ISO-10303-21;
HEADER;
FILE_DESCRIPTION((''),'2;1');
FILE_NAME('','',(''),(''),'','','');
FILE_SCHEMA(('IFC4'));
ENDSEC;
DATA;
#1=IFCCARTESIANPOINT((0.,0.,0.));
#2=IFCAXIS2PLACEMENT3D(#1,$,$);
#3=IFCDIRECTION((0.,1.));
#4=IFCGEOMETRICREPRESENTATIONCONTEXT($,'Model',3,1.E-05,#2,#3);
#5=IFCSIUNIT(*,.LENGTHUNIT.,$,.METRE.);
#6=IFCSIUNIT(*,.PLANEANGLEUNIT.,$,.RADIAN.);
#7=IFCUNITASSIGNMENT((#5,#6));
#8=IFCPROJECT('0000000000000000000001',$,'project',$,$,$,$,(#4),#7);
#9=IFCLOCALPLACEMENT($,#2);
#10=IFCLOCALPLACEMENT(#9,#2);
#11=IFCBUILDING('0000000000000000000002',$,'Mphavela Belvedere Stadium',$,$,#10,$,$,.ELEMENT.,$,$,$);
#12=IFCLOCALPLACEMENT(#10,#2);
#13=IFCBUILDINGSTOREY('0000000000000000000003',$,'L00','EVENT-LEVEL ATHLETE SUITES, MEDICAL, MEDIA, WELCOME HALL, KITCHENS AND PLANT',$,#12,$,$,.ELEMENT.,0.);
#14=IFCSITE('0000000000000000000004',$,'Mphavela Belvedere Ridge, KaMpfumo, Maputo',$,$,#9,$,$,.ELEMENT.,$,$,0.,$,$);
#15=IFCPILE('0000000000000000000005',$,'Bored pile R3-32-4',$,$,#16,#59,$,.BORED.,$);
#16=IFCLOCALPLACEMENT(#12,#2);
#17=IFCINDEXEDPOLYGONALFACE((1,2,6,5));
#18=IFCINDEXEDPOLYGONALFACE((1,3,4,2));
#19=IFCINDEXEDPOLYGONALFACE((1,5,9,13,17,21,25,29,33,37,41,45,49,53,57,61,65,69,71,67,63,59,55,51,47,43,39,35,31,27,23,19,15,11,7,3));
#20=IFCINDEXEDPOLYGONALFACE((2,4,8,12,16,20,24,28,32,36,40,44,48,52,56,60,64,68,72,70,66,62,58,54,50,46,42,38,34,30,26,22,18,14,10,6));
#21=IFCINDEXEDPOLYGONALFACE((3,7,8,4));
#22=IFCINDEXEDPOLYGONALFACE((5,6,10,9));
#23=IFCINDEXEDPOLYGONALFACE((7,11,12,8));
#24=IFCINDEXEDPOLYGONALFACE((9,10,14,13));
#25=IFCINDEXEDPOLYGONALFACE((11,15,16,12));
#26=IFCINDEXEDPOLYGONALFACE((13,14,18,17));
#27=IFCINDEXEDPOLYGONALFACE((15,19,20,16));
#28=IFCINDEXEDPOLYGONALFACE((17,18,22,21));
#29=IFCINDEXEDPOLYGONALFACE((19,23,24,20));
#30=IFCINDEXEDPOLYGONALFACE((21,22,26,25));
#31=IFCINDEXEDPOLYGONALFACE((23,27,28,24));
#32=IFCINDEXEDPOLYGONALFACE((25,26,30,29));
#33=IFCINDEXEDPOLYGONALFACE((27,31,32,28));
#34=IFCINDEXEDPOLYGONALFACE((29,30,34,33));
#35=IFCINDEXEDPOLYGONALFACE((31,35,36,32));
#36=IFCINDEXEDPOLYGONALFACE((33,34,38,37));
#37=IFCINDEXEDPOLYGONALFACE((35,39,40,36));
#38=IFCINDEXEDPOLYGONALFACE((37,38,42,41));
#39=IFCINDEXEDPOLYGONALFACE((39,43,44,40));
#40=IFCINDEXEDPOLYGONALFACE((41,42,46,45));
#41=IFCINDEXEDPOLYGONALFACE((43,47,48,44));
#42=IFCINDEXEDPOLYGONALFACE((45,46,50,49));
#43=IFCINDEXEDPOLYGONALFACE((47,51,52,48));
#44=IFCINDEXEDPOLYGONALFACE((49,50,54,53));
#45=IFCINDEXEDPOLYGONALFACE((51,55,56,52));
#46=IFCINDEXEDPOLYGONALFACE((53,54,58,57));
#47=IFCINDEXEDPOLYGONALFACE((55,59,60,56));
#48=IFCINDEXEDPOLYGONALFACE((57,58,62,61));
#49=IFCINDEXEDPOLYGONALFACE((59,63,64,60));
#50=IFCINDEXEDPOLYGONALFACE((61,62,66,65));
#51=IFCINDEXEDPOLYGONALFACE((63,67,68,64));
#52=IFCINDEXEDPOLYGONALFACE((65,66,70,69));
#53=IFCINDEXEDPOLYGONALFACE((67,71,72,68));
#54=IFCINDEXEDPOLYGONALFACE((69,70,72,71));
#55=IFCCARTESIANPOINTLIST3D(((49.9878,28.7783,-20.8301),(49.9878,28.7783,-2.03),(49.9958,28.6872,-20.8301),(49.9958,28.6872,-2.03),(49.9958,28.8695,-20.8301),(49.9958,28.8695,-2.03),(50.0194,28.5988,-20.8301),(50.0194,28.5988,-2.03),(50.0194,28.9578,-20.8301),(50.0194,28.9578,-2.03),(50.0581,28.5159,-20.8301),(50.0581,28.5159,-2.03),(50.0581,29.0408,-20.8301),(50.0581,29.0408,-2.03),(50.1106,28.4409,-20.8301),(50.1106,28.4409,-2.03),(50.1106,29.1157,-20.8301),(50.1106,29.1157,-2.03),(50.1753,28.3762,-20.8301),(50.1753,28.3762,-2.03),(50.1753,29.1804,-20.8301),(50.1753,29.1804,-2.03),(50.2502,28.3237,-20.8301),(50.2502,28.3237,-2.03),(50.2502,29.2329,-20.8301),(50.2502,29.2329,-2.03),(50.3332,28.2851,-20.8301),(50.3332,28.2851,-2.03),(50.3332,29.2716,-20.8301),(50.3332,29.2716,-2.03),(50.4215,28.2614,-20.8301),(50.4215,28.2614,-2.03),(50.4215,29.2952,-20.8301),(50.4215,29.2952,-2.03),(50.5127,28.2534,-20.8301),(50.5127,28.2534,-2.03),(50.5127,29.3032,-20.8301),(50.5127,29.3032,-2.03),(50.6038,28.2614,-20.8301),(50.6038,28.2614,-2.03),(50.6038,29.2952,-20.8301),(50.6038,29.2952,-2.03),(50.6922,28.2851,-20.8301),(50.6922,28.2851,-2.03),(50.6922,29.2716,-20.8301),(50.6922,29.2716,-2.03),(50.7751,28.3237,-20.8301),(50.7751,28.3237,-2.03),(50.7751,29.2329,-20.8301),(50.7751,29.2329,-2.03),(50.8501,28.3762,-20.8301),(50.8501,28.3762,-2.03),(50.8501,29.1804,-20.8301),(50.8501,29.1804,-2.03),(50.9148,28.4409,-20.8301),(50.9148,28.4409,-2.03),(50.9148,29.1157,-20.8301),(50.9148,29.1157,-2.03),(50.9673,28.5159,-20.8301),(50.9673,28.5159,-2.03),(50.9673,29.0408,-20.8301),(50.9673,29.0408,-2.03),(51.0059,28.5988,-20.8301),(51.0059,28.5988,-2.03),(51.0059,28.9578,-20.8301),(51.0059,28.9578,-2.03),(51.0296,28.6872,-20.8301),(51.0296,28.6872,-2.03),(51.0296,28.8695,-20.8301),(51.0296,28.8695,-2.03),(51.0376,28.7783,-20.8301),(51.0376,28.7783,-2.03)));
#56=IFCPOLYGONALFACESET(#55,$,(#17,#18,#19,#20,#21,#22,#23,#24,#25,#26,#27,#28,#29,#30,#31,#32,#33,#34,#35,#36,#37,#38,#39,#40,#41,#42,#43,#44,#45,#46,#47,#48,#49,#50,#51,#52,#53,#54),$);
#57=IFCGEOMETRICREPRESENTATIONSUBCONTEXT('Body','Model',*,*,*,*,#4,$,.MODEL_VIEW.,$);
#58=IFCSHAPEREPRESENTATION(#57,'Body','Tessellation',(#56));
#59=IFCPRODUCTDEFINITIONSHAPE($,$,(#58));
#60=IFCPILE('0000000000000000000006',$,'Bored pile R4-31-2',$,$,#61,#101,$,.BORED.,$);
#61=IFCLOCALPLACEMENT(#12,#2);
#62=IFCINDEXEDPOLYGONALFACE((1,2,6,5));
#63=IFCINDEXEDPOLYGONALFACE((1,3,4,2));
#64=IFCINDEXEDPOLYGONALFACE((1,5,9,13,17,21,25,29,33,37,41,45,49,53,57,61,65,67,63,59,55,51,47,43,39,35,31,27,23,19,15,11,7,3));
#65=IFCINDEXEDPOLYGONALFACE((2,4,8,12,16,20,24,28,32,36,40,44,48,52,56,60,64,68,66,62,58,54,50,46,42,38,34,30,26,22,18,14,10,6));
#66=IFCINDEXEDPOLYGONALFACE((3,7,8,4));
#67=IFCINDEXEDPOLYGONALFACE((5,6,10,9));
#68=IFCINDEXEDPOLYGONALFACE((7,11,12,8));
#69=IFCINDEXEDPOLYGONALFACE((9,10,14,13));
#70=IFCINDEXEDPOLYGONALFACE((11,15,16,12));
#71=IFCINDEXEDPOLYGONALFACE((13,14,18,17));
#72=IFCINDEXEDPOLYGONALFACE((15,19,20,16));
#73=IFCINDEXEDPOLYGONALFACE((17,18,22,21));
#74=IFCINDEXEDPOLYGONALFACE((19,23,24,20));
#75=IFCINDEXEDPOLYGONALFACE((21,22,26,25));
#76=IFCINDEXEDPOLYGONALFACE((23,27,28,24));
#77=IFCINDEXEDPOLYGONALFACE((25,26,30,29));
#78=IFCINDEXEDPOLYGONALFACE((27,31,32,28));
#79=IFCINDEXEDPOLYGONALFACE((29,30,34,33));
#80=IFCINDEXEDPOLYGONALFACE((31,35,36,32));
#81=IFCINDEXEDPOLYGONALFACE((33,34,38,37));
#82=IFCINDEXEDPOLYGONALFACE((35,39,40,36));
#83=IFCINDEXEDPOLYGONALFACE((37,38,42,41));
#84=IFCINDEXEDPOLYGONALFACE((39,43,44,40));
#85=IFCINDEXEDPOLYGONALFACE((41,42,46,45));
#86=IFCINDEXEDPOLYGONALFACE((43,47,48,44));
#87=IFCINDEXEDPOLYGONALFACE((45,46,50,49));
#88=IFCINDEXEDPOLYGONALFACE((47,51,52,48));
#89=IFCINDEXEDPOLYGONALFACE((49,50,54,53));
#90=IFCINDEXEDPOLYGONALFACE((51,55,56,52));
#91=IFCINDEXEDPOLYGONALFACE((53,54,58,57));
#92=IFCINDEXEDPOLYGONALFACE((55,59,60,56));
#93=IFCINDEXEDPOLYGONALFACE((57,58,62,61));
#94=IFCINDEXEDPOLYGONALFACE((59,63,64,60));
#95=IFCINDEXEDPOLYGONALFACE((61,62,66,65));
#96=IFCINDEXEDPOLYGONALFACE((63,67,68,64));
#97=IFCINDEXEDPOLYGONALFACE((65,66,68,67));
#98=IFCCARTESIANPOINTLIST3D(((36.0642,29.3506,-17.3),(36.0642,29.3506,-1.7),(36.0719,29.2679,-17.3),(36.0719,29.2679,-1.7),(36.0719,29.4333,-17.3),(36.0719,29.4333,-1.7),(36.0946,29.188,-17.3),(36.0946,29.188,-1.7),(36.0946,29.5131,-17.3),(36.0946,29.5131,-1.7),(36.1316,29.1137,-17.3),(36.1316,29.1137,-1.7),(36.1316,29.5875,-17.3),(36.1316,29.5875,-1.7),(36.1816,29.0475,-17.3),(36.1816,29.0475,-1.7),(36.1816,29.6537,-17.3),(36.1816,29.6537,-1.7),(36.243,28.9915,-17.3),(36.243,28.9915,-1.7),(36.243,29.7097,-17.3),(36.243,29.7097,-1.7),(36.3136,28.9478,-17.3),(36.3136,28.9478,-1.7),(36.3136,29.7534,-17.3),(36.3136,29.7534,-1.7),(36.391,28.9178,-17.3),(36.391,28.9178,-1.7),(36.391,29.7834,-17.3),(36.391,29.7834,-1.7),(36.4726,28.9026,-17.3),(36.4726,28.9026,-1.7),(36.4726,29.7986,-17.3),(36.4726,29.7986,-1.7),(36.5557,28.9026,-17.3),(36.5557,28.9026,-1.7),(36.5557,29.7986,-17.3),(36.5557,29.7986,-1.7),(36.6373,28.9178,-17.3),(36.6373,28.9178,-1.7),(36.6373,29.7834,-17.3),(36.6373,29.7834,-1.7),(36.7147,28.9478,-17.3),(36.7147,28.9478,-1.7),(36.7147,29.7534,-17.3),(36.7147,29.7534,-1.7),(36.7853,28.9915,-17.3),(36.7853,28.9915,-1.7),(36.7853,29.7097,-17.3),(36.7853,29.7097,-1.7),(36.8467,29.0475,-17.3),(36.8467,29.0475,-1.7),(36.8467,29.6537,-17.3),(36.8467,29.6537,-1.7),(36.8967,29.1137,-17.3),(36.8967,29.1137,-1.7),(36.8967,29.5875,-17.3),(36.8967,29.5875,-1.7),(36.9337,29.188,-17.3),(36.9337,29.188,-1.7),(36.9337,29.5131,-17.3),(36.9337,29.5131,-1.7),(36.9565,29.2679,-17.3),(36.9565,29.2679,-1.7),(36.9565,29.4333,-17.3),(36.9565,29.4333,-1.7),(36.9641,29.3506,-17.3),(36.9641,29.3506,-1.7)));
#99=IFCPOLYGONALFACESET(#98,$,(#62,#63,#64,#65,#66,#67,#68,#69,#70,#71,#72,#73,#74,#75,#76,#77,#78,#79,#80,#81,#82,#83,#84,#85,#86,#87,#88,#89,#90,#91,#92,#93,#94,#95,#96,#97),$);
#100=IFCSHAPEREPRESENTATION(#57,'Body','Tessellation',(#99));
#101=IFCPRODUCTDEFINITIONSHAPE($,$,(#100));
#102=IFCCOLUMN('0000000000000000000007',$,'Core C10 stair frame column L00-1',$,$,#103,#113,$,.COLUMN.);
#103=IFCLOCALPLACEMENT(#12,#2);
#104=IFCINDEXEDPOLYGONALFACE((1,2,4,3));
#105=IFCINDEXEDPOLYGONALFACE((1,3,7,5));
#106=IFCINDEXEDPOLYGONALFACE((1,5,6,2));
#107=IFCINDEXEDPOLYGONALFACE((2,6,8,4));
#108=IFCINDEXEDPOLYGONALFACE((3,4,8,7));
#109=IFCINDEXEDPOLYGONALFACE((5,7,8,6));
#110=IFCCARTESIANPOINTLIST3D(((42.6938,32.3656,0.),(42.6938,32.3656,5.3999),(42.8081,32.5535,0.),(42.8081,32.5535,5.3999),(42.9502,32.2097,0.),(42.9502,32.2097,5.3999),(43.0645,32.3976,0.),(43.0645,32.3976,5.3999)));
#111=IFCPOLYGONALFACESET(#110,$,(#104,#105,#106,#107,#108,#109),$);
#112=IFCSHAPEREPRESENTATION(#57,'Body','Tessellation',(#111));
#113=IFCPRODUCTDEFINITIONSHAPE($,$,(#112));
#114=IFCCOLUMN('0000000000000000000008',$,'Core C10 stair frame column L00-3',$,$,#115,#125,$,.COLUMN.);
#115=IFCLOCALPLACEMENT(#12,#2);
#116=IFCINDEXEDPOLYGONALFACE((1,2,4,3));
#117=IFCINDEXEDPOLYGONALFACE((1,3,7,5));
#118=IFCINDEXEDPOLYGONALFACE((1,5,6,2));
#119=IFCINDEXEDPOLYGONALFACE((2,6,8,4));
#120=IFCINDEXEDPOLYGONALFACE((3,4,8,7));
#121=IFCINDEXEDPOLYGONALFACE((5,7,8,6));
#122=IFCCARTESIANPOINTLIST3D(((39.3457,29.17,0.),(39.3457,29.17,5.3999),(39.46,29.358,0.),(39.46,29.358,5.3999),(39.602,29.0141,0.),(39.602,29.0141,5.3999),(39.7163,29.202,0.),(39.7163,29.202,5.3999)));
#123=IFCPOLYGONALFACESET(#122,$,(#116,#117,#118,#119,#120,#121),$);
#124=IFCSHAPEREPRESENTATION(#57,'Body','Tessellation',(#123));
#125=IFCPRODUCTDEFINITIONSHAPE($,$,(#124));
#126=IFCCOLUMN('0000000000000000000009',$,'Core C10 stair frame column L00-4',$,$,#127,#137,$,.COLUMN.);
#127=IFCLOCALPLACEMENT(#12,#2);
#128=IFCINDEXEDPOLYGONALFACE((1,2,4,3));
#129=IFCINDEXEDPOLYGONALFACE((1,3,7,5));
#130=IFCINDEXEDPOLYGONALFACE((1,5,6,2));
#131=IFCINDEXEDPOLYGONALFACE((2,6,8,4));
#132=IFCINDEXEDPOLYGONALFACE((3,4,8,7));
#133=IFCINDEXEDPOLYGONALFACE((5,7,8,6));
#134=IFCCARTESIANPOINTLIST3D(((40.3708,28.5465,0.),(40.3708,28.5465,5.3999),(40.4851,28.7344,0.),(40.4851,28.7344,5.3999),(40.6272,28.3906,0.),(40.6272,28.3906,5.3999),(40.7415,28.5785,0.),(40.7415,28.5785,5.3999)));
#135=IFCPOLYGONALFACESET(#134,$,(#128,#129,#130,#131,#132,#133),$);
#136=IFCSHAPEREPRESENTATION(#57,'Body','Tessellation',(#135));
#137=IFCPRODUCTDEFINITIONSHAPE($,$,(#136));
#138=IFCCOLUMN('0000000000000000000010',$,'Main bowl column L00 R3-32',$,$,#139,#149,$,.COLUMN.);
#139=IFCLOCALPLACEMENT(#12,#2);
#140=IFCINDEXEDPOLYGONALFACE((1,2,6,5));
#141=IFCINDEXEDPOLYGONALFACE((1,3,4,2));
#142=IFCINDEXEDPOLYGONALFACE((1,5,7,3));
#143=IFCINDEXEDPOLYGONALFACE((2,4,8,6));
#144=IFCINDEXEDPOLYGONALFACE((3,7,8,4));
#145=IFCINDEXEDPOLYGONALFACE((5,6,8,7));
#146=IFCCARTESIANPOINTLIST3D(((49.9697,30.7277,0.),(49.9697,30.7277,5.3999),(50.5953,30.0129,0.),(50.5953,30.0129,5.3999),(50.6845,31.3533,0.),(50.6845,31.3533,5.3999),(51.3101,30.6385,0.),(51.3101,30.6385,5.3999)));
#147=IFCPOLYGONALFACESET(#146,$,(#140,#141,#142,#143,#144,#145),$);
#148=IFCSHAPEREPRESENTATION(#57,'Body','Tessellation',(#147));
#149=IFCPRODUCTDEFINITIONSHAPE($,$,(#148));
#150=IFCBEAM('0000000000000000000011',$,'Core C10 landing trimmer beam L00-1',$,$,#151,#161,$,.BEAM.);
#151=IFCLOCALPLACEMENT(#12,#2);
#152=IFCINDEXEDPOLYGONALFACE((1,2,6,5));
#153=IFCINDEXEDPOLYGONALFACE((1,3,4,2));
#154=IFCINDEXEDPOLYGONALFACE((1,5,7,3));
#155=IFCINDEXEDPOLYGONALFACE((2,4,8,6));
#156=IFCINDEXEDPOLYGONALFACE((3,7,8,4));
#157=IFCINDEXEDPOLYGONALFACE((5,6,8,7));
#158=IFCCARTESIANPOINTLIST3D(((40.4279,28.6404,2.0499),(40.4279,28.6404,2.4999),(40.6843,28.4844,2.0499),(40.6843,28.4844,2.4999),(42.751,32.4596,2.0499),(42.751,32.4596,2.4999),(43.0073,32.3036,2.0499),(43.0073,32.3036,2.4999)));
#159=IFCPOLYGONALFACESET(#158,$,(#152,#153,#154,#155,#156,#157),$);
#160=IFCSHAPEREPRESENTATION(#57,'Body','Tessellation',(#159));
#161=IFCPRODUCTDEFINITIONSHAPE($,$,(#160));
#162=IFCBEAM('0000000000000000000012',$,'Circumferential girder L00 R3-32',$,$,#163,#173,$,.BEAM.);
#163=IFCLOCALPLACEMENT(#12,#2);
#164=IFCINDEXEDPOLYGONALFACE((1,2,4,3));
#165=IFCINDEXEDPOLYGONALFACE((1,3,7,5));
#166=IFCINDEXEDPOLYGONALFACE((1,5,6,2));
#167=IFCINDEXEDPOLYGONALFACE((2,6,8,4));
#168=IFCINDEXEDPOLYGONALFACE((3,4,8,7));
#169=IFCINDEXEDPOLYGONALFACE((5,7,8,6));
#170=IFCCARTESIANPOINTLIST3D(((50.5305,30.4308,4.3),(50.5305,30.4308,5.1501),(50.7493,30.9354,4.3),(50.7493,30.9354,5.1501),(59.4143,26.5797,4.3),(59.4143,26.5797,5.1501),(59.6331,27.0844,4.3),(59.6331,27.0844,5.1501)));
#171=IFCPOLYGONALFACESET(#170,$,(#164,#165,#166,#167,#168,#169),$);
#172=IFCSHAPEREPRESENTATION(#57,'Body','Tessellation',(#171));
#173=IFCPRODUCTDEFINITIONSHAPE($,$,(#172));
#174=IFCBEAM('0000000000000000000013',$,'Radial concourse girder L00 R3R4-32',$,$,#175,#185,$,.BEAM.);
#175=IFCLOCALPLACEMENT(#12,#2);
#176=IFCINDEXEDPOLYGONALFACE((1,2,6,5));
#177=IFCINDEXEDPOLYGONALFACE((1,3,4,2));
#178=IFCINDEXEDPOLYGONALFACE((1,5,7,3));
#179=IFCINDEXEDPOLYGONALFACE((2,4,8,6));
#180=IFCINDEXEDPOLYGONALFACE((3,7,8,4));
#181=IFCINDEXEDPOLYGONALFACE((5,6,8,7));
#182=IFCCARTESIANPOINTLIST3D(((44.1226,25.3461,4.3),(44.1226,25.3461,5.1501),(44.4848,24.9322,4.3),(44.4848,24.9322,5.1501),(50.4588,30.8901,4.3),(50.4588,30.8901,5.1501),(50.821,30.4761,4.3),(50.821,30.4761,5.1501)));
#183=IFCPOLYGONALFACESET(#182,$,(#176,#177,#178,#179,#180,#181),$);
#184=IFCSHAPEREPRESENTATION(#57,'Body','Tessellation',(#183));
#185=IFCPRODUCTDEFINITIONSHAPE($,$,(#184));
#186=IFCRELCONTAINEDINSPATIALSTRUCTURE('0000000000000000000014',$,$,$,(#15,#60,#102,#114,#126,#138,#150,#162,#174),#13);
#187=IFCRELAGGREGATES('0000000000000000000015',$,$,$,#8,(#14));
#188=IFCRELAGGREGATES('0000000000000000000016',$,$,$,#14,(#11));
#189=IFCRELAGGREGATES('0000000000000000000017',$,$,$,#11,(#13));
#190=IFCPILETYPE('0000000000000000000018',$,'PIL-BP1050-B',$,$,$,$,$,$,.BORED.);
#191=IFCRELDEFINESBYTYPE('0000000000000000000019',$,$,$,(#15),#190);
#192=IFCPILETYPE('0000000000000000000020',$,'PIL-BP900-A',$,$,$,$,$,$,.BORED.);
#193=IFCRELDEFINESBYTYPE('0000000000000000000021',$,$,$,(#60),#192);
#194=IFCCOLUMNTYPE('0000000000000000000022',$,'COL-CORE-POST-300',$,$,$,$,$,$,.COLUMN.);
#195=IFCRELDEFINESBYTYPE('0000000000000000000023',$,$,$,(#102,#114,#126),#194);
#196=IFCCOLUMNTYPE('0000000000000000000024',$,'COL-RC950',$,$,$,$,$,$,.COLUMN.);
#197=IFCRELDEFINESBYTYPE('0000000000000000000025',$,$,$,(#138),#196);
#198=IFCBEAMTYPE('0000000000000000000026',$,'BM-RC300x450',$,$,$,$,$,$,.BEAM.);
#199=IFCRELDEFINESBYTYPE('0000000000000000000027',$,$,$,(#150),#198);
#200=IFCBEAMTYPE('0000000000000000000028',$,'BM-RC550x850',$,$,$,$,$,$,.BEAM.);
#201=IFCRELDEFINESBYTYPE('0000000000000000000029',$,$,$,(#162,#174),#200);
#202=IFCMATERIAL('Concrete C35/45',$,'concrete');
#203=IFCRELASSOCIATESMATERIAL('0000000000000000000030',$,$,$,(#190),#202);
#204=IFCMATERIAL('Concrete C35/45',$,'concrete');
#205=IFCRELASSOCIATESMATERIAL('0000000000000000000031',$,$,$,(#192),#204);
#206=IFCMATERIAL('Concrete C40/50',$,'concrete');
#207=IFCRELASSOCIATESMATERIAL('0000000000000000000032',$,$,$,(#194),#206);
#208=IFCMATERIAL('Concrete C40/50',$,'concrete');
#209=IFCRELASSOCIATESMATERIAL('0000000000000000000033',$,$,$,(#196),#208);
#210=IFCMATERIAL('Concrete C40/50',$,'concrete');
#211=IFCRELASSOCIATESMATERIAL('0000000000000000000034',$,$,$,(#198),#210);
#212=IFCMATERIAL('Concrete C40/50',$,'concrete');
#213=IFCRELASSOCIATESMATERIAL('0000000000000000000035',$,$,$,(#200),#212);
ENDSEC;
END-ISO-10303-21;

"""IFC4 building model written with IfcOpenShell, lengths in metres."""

from ifc_helpers import new_model, si_unit, direction, frame, origin, origin_2d, place, context, subcontext, project, spatial, rectangle, circle, extrude, material, material_profile, profile_set, type_object, element, save


model = new_model("IFC4")

# Units and contexts
model_context = context("Model", 3, precision=1e-05, world=origin(), true_north=direction((0.0, 1.0)))
body_context = subcontext(model_context, "Body", "Model", "MODEL_VIEW")
ifc_project = project(units=[si_unit("LENGTHUNIT", "METRE"), si_unit("PLANEANGLEUNIT", "RADIAN")], contexts=[model_context])

# Site, building, storey
site_placement = place(None, origin())
site = spatial("IfcSite", under=ifc_project, at=site_placement, Name="Mphavela Belvedere Ridge, KaMpfumo, Maputo", CompositionType="ELEMENT", RefElevation=0.0)
building_placement = place(site_placement, origin())
building = spatial("IfcBuilding", under=site, at=building_placement, Name="Mphavela Belvedere Stadium", CompositionType="ELEMENT")
storey_placement = place(building_placement, origin())
storey = spatial("IfcBuildingStorey", under=building, at=storey_placement, Name="L00", Description="EVENT-LEVEL ATHLETE SUITES, MEDICAL, MEDIA, WELCOME HALL, KITCHENS AND PLANT", CompositionType="ELEMENT", Elevation=0.0)

# Piles
ifc_material_1 = material(Name="Concrete C35/45", Category="concrete")
ifc_material_profile_1 = material_profile(ifc_material_1, circle(Radius=0.5249, at=origin_2d()), Name="BP D1050")
ifc_profile_set_1 = profile_set([ifc_material_profile_1], Name="Concrete C35/45")
pile_type_1 = type_object("IfcPileType", Name="PIL-BP1050-B", PredefinedType="BORED", material=ifc_profile_set_1)
for number, where, z_axis, x_axis, name in (
    (1, (50.5127, 28.7783, -2.03), (0.0, 0.0, -1.0), (1.0, 0.0, 0.0), "Bored pile R3-32-4"),
):
    element("IfcPile", number, at=place(storey_placement, frame(where, z_axis=z_axis, x_axis=x_axis)), inside=storey, type_object=pile_type_1, Name=name, PredefinedType="BORED", context=body_context, shape_type="SweptSolid", body=[
        extrude(circle(Radius=0.5249, at=origin_2d()), origin(), (0.0, 0.0, 1.0), 18.8),
    ])
ifc_material_2 = material(Name="Concrete C35/45", Category="concrete")
ifc_material_profile_2 = material_profile(ifc_material_2, circle(Radius=0.45, at=origin_2d()), Name="BP D900")
ifc_profile_set_2 = profile_set([ifc_material_profile_2], Name="Concrete C35/45")
pile_type_2 = type_object("IfcPileType", Name="PIL-BP900-A", PredefinedType="BORED", material=ifc_profile_set_2)
pile_placement = place(storey_placement, frame((36.5142, 29.3506, -1.7), z_axis=(0.0, 0.0, -1.0), x_axis=(1.0, 0.0, 0.0)))
element("IfcPile", 2, at=pile_placement, inside=storey, type_object=pile_type_2, Name="Bored pile R4-31-2", PredefinedType="BORED", context=body_context, shape_type="SweptSolid", body=[
    extrude(circle(Radius=0.45, at=origin_2d()), origin(), (0.0, 0.0, 1.0), 15.6001),
])

# Columns
ifc_material_3 = material(Name="Concrete C40/50", Category="concrete")
ifc_material_profile_3 = material_profile(ifc_material_3, rectangle(XDim=0.3, YDim=0.22, at=origin_2d()), Name="RC 300x220")
ifc_profile_set_3 = profile_set([ifc_material_profile_3], Name="Concrete C40/50")
column_type_1 = type_object("IfcColumnType", Name="COL-CORE-POST-300", PredefinedType="COLUMN", material=ifc_profile_set_3)
for number, where, z_axis, x_axis, name in (
    (3, (42.8792, 32.3816, 0.0), (0.0, 0.0, 1.0), (-0.854368, 0.519668, 0.0), "Core C10 stair frame column L00-1"),
    (4, (39.531, 29.186, 0.0), (0.0, 0.0, 1.0), (-0.854368, 0.519668, 0.0), "Core C10 stair frame column L00-3"),
    (5, (40.5562, 28.5625, 0.0), (0.0, 0.0, 1.0), (-0.854368, 0.519668, 0.0), "Core C10 stair frame column L00-4"),
):
    element("IfcColumn", number, at=place(storey_placement, frame(where, z_axis=z_axis, x_axis=x_axis)), inside=storey, type_object=column_type_1, Name=name, PredefinedType="COLUMN", context=body_context, shape_type="SweptSolid", body=[
        extrude(rectangle(XDim=0.3, YDim=0.22, at=origin_2d()), origin(), (0.0, 0.0, 1.0), 5.3999),
    ])
ifc_material_4 = material(Name="Concrete C40/50", Category="concrete")
ifc_material_profile_4 = material_profile(ifc_material_4, rectangle(XDim=0.95, YDim=0.95, at=origin_2d()), Name="RC 950x950")
ifc_profile_set_4 = profile_set([ifc_material_profile_4], Name="Concrete C40/50")
column_type_2 = type_object("IfcColumnType", Name="COL-RC950", PredefinedType="COLUMN", material=ifc_profile_set_4)
column_placement = place(storey_placement, frame((50.6399, 30.6831, 0.0), z_axis=(0.0, 0.0, 1.0), x_axis=(-0.75253, -0.658558, 0.0)))
element("IfcColumn", 6, at=column_placement, inside=storey, type_object=column_type_2, Name="Main bowl column L00 R3-32", PredefinedType="COLUMN", context=body_context, shape_type="SweptSolid", body=[
    extrude(rectangle(XDim=0.95, YDim=0.95, at=origin_2d()), origin(), (0.0, 0.0, 1.0), 5.3999),
])

# Beams
ifc_material_5 = material(Name="Concrete C40/50", Category="concrete")
ifc_material_profile_5 = material_profile(ifc_material_5, rectangle(XDim=0.3, YDim=0.45, at=origin_2d()), Name="RC 300x450")
ifc_profile_set_5 = profile_set([ifc_material_profile_5], Name="Concrete C40/50")
beam_type_1 = type_object("IfcBeamType", Name="BM-RC300x450", PredefinedType="BEAM", material=ifc_profile_set_5)
beam_1_placement = place(storey_placement, frame((42.8792, 32.3816, 2.2749), z_axis=(-0.519675, -0.854364, 0.0), x_axis=(0.854364, -0.519675, 0.0)))
element("IfcBeam", 7, at=beam_1_placement, inside=storey, type_object=beam_type_1, Name="Core C10 landing trimmer beam L00-1", PredefinedType="BEAM", context=body_context, shape_type="SweptSolid", body=[
    extrude(rectangle(XDim=0.3, YDim=0.45, at=origin_2d()), origin(), (0.0, 0.0, 1.0), 4.4702),
])
ifc_material_6 = material(Name="Concrete C40/50", Category="concrete")
ifc_material_profile_6 = material_profile(ifc_material_6, rectangle(XDim=0.55, YDim=0.8501, at=origin_2d()), Name="RC 550x850")
ifc_profile_set_6 = profile_set([ifc_material_profile_6], Name="Concrete C40/50")
beam_type_2 = type_object("IfcBeamType", Name="BM-RC550x850", PredefinedType="BEAM", material=ifc_profile_set_6)
beam_2_placement = place(storey_placement, frame((50.6399, 30.6831, 4.7251), z_axis=(0.917502, -0.397732, 0.0), x_axis=(0.397732, 0.917502, 0.0)))
element("IfcBeam", 8, at=beam_2_placement, inside=storey, type_object=beam_type_2, Name="Circumferential girder L00 R3-32", PredefinedType="BEAM", context=body_context, shape_type="SweptSolid", body=[
    extrude(rectangle(XDim=0.55, YDim=0.8501, at=origin_2d()), origin(), (0.0, 0.0, 1.0), 9.6826),
])
beam_3_placement = place(storey_placement, frame((50.6399, 30.6831, 4.7251), z_axis=(-0.752589, -0.65849, 0.0), x_axis=(0.65849, -0.752589, 0.0)))
element("IfcBeam", 9, at=beam_3_placement, inside=storey, type_object=beam_type_2, Name="Radial concourse girder L00 R3R4-32", PredefinedType="BEAM", context=body_context, shape_type="SweptSolid", body=[
    extrude(rectangle(XDim=0.55, YDim=0.8501, at=origin_2d()), origin(), (0.0, 0.0, 1.0), 8.4192),
])

save(model, "model.ifc")
